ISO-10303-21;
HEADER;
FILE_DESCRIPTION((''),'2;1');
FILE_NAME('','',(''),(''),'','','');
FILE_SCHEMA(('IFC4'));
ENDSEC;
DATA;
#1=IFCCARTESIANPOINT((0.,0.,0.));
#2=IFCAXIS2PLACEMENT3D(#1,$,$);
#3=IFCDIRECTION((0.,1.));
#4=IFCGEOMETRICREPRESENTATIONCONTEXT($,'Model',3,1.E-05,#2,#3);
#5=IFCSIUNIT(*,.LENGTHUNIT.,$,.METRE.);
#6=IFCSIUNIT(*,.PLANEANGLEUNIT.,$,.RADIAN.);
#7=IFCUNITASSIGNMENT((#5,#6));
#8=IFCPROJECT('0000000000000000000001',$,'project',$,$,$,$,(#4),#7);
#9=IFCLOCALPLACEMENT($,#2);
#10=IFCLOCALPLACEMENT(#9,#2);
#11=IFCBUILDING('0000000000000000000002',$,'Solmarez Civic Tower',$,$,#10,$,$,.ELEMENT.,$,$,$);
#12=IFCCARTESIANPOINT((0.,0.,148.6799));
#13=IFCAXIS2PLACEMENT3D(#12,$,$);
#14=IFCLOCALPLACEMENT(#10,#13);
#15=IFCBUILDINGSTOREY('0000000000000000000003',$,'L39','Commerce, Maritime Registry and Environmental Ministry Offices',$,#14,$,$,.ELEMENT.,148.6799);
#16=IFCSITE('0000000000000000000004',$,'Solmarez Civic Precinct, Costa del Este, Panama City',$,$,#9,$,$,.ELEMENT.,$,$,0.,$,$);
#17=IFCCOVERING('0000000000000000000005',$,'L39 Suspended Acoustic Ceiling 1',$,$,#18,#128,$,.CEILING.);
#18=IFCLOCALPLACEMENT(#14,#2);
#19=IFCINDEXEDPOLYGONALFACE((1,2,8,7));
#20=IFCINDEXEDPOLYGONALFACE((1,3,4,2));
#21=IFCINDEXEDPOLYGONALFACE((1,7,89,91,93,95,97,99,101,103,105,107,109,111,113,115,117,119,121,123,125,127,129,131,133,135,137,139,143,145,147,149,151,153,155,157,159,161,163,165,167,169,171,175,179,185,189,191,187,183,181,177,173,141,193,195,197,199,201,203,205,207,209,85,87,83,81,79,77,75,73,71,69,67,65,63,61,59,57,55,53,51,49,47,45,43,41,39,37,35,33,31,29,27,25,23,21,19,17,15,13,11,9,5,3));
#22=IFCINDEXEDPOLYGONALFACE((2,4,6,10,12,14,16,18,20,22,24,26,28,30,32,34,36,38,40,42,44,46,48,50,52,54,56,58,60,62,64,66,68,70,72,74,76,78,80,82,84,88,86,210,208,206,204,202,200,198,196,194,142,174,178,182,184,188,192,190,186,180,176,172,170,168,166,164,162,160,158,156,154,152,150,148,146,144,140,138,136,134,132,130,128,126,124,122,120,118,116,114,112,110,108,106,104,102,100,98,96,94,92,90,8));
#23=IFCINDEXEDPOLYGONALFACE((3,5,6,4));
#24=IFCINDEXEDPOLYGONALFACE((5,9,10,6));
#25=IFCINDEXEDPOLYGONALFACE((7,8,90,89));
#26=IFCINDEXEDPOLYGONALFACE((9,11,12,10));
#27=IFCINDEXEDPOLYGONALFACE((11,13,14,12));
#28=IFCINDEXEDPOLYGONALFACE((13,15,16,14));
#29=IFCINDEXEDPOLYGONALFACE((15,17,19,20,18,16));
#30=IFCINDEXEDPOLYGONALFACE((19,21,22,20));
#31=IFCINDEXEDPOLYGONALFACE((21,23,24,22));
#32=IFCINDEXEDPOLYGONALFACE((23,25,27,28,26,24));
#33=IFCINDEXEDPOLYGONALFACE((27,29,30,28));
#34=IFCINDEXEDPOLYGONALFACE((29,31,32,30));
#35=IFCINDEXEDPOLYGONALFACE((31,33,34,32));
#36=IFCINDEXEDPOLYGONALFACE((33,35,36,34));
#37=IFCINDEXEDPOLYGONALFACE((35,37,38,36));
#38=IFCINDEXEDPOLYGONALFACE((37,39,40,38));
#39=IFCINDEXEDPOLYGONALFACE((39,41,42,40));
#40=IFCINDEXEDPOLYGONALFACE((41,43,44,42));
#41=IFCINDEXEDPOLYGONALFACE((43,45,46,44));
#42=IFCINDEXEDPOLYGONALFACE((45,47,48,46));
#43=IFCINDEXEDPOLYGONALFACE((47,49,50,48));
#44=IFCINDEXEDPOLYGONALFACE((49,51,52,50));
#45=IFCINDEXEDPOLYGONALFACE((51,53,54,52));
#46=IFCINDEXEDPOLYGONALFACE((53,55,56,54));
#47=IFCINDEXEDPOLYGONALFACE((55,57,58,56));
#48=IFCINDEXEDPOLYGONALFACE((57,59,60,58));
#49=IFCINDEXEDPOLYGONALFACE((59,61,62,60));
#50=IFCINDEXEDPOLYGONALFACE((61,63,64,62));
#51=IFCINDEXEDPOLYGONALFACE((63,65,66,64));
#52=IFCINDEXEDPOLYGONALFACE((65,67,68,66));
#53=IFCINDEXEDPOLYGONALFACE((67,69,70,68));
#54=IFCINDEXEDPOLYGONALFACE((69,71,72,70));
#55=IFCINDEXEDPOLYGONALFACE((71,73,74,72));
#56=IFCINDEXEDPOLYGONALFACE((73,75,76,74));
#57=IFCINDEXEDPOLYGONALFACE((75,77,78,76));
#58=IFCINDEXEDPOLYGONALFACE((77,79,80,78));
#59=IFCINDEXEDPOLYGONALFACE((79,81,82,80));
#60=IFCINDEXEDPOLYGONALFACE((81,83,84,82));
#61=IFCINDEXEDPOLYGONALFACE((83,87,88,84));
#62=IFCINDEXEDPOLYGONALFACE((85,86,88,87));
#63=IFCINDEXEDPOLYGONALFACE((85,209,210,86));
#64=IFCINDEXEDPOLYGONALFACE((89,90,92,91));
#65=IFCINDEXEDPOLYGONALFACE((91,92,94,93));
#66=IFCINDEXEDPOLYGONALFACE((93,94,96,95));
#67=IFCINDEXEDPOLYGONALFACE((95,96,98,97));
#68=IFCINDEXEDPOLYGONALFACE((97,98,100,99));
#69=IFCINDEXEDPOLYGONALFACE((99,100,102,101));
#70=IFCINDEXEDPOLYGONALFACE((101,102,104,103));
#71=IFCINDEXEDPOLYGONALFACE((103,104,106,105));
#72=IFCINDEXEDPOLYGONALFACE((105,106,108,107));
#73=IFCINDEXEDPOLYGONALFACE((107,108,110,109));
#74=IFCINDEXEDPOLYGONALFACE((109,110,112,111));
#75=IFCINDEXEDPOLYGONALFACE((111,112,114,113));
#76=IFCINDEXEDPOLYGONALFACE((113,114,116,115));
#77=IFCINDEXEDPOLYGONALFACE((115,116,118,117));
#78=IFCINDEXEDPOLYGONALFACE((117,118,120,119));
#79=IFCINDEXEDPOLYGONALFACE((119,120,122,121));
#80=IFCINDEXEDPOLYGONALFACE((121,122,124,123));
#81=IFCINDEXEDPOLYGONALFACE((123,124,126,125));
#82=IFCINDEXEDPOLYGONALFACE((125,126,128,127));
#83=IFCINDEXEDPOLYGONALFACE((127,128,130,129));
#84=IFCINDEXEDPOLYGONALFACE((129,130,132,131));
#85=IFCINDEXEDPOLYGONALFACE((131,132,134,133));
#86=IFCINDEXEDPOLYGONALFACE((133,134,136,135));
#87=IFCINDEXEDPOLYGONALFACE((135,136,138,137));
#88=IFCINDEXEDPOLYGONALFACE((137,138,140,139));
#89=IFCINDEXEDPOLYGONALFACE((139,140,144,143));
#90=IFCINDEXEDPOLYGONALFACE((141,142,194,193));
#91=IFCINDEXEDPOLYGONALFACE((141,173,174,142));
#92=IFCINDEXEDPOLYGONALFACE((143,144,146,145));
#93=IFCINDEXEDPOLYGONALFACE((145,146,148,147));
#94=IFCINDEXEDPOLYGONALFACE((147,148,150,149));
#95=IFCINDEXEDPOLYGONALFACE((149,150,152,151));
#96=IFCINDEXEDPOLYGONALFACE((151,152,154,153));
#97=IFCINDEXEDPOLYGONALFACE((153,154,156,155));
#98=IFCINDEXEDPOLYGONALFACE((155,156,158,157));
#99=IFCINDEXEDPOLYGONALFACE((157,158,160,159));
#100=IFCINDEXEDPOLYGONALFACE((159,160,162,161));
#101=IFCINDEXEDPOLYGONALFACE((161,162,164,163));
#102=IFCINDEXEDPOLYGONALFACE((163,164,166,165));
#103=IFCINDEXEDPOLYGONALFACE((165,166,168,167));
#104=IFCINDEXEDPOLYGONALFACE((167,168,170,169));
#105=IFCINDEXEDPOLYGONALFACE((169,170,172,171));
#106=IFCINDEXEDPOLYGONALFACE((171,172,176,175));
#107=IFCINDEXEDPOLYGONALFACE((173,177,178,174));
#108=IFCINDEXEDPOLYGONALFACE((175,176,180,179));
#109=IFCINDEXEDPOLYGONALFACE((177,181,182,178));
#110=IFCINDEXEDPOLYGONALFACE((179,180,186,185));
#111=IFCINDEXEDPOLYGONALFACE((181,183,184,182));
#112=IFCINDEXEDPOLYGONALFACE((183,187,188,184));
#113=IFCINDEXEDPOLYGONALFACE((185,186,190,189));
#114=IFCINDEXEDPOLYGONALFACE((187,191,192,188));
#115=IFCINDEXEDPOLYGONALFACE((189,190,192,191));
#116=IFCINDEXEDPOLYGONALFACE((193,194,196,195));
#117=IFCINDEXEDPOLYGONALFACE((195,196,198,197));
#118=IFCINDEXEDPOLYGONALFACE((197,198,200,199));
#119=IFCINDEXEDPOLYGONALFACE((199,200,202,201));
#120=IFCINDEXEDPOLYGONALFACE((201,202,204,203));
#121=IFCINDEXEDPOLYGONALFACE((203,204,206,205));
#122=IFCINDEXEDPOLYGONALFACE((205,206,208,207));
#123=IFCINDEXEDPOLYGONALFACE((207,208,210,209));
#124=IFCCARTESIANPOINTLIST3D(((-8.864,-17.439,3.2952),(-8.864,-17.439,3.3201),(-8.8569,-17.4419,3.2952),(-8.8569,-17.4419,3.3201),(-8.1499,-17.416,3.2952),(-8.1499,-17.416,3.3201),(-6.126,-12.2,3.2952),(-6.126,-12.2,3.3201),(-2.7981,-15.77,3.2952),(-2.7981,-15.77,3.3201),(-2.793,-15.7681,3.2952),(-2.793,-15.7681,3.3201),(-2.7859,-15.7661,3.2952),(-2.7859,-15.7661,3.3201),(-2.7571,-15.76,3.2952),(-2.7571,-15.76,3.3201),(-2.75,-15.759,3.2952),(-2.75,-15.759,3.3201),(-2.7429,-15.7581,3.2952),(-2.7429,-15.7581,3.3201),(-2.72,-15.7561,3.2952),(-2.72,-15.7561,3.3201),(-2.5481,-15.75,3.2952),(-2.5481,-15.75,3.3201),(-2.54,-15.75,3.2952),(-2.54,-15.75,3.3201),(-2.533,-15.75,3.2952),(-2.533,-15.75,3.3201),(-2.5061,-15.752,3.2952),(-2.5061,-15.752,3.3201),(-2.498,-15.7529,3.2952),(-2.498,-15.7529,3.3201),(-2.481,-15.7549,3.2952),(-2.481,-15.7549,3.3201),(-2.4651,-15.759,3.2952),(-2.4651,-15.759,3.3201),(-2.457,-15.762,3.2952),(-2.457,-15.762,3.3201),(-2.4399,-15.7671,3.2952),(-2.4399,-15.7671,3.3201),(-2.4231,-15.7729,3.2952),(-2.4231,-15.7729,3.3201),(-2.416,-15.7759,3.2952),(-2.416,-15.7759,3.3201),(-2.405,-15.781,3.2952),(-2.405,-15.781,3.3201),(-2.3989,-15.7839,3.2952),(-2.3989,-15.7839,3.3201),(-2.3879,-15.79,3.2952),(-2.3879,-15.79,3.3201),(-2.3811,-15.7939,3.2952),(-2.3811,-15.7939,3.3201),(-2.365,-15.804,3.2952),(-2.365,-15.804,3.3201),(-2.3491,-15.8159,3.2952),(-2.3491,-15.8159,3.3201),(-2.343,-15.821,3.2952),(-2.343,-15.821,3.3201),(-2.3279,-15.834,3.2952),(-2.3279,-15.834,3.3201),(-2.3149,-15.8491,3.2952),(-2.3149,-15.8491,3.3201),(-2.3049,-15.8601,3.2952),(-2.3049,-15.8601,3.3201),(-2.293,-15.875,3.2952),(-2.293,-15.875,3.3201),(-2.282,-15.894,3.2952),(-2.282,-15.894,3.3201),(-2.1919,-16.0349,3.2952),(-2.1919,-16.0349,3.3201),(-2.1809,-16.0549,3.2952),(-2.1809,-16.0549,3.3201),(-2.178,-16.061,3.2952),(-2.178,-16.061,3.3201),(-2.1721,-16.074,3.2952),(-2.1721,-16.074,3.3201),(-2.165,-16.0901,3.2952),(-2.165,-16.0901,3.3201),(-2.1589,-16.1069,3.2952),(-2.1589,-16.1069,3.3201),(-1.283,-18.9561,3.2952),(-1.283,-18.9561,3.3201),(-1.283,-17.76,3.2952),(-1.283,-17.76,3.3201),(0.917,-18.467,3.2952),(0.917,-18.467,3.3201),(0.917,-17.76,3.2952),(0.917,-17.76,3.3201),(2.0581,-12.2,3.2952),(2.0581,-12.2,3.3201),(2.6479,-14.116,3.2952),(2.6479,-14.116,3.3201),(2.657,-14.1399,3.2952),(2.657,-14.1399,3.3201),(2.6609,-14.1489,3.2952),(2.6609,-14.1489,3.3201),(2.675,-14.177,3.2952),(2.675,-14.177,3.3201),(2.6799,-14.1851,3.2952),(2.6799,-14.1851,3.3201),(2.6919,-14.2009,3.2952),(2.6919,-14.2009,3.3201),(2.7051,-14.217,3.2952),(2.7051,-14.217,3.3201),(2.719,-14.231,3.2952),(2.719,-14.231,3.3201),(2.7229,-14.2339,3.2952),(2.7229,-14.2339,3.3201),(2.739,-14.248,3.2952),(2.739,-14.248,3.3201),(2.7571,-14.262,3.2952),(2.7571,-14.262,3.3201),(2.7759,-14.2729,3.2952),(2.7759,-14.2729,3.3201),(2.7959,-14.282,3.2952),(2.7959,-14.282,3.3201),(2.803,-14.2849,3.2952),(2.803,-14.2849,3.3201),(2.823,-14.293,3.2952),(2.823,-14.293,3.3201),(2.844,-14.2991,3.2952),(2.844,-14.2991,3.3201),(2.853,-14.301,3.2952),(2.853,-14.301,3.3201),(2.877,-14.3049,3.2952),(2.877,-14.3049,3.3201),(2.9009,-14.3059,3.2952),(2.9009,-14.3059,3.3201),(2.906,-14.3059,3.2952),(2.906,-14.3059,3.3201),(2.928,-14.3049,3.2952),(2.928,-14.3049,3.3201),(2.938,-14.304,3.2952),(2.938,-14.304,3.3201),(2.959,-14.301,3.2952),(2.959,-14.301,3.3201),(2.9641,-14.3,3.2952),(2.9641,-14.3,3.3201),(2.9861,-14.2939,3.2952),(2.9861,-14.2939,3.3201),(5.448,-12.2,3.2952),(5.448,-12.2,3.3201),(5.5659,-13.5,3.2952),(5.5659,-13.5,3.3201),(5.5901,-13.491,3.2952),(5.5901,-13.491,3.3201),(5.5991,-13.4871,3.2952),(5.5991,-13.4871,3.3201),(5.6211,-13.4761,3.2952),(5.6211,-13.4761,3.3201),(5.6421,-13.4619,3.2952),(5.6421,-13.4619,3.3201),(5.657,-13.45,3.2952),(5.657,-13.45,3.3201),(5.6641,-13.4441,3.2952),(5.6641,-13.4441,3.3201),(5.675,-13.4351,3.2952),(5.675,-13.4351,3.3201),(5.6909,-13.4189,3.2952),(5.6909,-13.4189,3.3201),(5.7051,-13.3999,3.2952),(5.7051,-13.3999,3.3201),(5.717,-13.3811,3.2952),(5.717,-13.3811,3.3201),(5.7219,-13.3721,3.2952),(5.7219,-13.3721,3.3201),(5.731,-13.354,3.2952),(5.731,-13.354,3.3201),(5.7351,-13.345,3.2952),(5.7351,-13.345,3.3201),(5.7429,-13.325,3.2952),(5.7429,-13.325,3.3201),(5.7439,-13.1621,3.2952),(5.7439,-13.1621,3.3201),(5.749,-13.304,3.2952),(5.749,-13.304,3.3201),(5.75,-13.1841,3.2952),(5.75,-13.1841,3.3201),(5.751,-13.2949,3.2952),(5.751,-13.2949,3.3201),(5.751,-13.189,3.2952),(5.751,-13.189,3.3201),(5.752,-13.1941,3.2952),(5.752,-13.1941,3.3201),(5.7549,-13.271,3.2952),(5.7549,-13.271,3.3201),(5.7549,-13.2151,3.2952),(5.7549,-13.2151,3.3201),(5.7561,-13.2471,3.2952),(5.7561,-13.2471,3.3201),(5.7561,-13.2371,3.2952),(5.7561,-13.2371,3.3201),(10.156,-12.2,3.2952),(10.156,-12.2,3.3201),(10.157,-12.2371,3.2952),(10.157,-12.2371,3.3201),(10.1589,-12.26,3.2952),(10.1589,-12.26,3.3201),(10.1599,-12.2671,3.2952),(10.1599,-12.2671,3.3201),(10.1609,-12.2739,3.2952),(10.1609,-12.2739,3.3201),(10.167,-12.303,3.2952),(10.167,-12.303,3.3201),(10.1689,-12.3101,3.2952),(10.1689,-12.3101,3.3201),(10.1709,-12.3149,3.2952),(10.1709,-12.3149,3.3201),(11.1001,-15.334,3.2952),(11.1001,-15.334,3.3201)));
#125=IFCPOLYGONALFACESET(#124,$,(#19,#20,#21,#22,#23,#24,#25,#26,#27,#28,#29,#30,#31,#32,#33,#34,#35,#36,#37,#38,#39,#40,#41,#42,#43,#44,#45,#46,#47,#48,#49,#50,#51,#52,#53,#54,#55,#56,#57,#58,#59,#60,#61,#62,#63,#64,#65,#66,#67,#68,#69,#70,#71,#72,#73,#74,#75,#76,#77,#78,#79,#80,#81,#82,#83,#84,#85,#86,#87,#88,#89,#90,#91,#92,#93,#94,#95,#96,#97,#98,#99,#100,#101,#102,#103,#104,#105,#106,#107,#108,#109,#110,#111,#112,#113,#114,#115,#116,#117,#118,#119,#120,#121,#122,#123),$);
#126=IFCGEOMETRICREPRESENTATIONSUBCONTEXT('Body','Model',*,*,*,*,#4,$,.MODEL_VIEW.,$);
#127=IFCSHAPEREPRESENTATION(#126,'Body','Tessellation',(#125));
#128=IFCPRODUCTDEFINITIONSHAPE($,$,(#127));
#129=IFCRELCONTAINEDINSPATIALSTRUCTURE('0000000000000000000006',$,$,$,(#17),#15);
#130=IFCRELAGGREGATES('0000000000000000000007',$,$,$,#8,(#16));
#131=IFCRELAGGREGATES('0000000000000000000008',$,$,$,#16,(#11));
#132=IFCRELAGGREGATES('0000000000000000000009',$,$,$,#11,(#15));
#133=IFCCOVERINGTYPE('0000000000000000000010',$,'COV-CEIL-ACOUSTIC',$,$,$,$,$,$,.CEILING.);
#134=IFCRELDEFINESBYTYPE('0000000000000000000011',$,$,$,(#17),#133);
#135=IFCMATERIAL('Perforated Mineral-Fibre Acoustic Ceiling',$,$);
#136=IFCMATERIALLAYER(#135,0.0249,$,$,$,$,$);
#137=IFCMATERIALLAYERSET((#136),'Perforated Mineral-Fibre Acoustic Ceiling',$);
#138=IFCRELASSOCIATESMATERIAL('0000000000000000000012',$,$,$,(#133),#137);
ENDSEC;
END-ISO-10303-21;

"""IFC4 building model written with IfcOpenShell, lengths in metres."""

from ifc_helpers import new_model, si_unit, direction, frame, origin, place, context, subcontext, project, spatial, polyline, outline, extrude, material, layer, layer_set, type_object, element, save


model = new_model("IFC4")

# Units and contexts
model_context = context("Model", 3, precision=1e-05, world=origin(), true_north=direction((0.0, 1.0)))
body_context = subcontext(model_context, "Body", "Model", "MODEL_VIEW")
ifc_project = project(units=[si_unit("LENGTHUNIT", "METRE"), si_unit("PLANEANGLEUNIT", "RADIAN")], contexts=[model_context])

# Site, building, storey
site_placement = place(None, origin())
site = spatial("IfcSite", under=ifc_project, at=site_placement, Name="Solmarez Civic Precinct, Costa del Este, Panama City", CompositionType="ELEMENT", RefElevation=0.0)
building_placement = place(site_placement, origin())
building = spatial("IfcBuilding", under=site, at=building_placement, Name="Solmarez Civic Tower", CompositionType="ELEMENT")
storey_placement = place(building_placement, frame((0.0, 0.0, 148.6799)))
storey = spatial("IfcBuildingStorey", under=building, at=storey_placement, Name="L39", Description="Commerce, Maritime Registry and Environmental Ministry Offices", CompositionType="ELEMENT", Elevation=148.6799)

# Covering
ifc_material_1 = material(Name="Perforated Mineral-Fibre Acoustic Ceiling")
ifc_layer_1 = layer(ifc_material_1, 0.0249)
ifc_layer_set_1 = layer_set([ifc_layer_1], Name="Perforated Mineral-Fibre Acoustic Ceiling")
covering_type = type_object("IfcCoveringType", Name="COV-CEIL-ACOUSTIC", PredefinedType="CEILING", material=ifc_layer_set_1)
covering_placement = place(storey_placement, frame((0.0, 0.0, 3.2952)))
element("IfcCovering", 1, at=covering_placement, inside=storey, type_object=covering_type, Name="L39 Suspended Acoustic Ceiling 1", PredefinedType="CEILING", context=body_context, shape_type="SweptSolid", body=[
    extrude(outline(polyline([(-2.3049, -15.8601), (-2.293, -15.875), (-2.282, -15.894), (-2.1919, -16.0349), (-2.1809, -16.0549), (-2.178, -16.061), (-2.1721, -16.074), (-2.165, -16.0901), (-2.1589, -16.1069), (-1.283, -18.9561), (-1.283, -17.76), (0.917, -17.76), (0.917, -18.467), (11.1001, -15.334), (10.1709, -12.3149), (10.1689, -12.3101), (10.167, -12.303), (10.1609, -12.2739), (10.1599, -12.2671), (10.1589, -12.26), (10.157, -12.2371), (10.156, -12.2), (5.448, -12.2), (5.7439, -13.1621), (5.75, -13.1841), (5.751, -13.189), (5.752, -13.1941), (5.7549, -13.2151), (5.7561, -13.2371), (5.7561, -13.2471), (5.7549, -13.271), (5.751, -13.2949), (5.749, -13.304), (5.7429, -13.325), (5.7351, -13.345), (5.731, -13.354), (5.7219, -13.3721), (5.717, -13.3811), (5.7051, -13.3999), (5.6909, -13.4189), (5.675, -13.4351), (5.6641, -13.4441), (5.657, -13.45), (5.6421, -13.4619), (5.6211, -13.4761), (5.5991, -13.4871), (5.5901, -13.491), (5.5659, -13.5), (2.9861, -14.2939), (2.9641, -14.3), (2.959, -14.301), (2.938, -14.304), (2.928, -14.3049), (2.906, -14.3059), (2.9009, -14.3059), (2.877, -14.3049), (2.853, -14.301), (2.844, -14.2991), (2.823, -14.293), (2.803, -14.2849), (2.7959, -14.282), (2.7759, -14.2729), (2.7571, -14.262), (2.739, -14.248), (2.7229, -14.2339), (2.719, -14.231), (2.7051, -14.217), (2.6919, -14.2009), (2.6799, -14.1851), (2.675, -14.177), (2.6609, -14.1489), (2.657, -14.1399), (2.6479, -14.116), (2.0581, -12.2), (-6.126, -12.2), (-8.864, -17.439), (-8.8569, -17.4419), (-8.1499, -17.416), (-2.7981, -15.77), (-2.793, -15.7681), (-2.7859, -15.7661), (-2.7571, -15.76), (-2.75, -15.759), (-2.7429, -15.7581), (-2.72, -15.7561), (-2.5481, -15.75), (-2.54, -15.75), (-2.533, -15.75), (-2.5061, -15.752), (-2.498, -15.7529), (-2.481, -15.7549), (-2.4651, -15.759), (-2.457, -15.762), (-2.4399, -15.7671), (-2.4231, -15.7729), (-2.416, -15.7759), (-2.405, -15.781), (-2.3989, -15.7839), (-2.3879, -15.79), (-2.3811, -15.7939), (-2.365, -15.804), (-2.3491, -15.8159), (-2.343, -15.821), (-2.3279, -15.834), (-2.3149, -15.8491), (-2.3049, -15.8601)])), origin(), (0.0, 0.0, 1.0), 0.0249),
])

save(model, "model.ifc")
